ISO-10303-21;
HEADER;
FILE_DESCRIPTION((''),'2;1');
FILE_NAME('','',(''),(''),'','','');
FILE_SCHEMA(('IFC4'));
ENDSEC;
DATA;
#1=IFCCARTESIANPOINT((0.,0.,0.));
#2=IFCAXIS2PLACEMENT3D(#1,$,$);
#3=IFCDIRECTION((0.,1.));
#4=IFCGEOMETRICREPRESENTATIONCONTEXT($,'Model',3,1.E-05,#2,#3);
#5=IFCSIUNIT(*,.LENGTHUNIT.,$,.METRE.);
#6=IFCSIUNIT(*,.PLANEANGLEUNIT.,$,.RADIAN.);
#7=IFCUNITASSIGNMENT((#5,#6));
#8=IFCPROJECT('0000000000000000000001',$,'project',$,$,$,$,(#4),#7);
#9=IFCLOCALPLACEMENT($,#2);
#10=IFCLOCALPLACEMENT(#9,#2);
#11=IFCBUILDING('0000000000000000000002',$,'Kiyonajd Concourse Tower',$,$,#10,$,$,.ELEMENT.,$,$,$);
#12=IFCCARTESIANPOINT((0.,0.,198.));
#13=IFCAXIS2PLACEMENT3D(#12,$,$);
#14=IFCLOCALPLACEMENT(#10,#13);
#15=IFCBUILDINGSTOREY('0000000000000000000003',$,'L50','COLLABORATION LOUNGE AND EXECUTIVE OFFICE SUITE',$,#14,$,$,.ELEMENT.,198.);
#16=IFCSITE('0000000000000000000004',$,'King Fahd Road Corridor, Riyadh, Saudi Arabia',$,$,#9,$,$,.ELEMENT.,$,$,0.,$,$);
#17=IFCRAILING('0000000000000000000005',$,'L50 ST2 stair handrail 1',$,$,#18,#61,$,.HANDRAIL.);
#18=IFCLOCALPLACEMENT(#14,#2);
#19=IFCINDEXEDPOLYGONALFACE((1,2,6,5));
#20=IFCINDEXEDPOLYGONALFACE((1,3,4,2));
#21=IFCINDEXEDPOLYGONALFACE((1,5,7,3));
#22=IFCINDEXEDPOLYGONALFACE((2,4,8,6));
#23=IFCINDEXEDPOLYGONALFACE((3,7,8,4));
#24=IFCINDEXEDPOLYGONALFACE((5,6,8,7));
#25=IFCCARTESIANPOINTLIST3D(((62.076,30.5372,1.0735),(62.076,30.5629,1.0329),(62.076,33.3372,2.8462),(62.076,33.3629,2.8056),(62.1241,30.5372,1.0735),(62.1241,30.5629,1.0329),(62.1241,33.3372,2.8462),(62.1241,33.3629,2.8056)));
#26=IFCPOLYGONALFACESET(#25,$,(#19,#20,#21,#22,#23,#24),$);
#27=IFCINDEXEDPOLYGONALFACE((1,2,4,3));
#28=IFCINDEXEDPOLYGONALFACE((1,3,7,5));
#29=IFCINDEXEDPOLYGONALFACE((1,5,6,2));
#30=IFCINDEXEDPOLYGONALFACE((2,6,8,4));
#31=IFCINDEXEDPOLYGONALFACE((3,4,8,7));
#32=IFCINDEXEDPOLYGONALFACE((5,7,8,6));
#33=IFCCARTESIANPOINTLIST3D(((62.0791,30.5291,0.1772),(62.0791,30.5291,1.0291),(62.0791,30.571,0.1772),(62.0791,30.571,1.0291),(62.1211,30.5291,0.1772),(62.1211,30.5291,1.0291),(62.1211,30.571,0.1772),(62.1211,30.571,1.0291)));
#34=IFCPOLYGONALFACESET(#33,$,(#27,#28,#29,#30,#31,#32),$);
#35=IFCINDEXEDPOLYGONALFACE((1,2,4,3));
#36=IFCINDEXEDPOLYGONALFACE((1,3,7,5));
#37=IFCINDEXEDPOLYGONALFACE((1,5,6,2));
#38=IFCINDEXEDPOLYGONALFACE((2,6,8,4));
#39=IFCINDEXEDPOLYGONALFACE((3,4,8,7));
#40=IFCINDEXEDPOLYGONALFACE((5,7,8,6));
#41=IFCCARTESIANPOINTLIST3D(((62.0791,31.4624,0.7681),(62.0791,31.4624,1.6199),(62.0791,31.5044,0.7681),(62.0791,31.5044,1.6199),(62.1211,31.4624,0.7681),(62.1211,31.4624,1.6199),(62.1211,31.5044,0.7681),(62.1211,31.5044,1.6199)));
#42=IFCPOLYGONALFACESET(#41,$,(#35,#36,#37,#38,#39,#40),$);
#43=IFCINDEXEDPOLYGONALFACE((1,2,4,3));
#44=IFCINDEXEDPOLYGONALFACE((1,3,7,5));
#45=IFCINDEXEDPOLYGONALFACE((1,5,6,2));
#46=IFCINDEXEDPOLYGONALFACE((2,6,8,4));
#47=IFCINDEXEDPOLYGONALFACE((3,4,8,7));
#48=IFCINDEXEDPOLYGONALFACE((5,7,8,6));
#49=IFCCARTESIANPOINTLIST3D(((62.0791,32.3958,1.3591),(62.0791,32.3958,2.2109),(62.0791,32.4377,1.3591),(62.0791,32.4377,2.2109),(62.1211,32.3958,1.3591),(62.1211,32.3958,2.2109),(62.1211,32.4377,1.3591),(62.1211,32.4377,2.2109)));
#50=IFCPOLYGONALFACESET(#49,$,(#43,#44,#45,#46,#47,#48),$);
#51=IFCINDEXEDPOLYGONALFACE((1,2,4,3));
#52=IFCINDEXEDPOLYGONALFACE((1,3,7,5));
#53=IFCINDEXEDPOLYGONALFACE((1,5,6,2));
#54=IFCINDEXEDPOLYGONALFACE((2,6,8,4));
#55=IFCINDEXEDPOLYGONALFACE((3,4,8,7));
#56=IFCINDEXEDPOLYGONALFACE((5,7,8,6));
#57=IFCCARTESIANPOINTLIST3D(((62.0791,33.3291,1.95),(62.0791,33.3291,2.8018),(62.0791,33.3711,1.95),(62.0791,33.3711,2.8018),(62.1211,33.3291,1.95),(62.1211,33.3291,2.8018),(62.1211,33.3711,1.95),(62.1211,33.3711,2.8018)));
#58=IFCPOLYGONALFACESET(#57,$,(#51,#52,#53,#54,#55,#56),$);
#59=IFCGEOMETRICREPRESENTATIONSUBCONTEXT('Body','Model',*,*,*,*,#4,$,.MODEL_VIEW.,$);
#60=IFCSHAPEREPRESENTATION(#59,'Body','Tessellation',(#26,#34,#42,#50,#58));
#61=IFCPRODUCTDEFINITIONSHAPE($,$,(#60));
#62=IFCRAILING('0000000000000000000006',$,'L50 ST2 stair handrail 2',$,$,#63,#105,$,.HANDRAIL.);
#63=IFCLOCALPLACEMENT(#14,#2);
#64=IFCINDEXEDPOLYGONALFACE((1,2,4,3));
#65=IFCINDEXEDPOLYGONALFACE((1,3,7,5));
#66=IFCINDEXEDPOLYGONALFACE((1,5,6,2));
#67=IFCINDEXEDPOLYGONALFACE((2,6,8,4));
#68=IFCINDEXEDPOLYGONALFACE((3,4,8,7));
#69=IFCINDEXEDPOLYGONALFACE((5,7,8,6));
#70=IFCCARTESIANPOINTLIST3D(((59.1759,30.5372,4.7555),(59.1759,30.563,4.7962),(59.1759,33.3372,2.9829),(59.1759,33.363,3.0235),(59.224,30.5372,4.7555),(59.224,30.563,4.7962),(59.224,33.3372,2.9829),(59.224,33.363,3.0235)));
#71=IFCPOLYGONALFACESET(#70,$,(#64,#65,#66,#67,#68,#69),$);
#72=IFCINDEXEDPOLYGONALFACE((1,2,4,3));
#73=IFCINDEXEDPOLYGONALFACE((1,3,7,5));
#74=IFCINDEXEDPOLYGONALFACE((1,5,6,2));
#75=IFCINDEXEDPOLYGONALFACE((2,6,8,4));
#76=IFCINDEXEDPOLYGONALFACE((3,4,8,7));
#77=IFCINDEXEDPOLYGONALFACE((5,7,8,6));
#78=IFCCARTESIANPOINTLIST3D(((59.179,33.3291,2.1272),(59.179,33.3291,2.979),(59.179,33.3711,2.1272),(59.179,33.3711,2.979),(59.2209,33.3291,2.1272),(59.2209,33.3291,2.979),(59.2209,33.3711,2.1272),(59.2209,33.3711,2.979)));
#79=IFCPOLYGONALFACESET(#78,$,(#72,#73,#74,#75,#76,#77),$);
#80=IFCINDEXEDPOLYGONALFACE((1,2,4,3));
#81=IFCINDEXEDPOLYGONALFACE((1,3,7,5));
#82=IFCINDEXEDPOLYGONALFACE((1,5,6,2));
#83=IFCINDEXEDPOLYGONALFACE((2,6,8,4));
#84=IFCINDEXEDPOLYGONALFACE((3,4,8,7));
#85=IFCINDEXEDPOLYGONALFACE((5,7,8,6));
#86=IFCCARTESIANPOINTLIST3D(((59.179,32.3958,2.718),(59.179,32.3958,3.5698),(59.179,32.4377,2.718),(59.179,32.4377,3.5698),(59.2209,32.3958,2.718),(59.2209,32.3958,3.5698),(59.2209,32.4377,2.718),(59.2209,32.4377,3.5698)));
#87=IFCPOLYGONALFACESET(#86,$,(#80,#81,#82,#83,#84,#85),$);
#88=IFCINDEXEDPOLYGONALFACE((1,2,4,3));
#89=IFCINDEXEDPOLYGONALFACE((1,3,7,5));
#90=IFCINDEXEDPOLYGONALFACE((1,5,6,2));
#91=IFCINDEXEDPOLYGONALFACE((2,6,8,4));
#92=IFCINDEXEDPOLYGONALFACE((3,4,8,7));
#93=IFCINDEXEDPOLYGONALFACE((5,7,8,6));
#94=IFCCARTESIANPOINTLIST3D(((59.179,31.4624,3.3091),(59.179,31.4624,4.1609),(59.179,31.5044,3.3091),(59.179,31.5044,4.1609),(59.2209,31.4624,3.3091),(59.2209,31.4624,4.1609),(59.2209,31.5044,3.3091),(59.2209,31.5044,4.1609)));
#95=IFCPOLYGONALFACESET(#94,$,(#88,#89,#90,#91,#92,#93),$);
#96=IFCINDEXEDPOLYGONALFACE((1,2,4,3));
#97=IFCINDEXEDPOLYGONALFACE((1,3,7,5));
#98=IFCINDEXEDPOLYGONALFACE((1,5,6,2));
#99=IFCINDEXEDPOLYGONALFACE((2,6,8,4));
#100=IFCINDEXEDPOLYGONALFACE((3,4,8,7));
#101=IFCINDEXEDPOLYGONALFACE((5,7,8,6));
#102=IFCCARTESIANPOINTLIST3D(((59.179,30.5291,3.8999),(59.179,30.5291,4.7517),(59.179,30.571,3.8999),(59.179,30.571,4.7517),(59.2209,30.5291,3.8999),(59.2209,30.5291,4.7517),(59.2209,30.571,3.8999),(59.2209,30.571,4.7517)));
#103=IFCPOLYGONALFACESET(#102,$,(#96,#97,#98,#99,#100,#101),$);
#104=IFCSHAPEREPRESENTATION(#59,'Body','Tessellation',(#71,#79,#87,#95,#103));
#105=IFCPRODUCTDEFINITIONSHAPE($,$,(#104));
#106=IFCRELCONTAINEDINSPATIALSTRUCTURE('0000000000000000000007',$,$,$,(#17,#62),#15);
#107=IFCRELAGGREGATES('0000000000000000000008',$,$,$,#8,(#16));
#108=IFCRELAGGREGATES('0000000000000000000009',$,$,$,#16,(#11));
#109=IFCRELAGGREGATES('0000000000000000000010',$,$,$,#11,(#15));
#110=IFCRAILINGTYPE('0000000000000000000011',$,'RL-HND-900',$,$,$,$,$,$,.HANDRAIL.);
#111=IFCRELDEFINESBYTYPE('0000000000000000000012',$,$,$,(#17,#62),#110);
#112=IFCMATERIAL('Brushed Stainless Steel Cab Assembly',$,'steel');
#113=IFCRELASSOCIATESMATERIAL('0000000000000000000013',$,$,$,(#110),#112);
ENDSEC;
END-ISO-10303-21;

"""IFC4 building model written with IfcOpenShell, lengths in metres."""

from ifc_helpers import new_model, si_unit, direction, frame, origin, origin_2d, place, context, subcontext, project, spatial, rectangle, extrude, material, type_object, element, save


model = new_model("IFC4")

# Units and contexts
model_context = context("Model", 3, precision=1e-05, world=origin(), true_north=direction((0.0, 1.0)))
body_context = subcontext(model_context, "Body", "Model", "MODEL_VIEW")
ifc_project = project(units=[si_unit("LENGTHUNIT", "METRE"), si_unit("PLANEANGLEUNIT", "RADIAN")], contexts=[model_context])

# Site, building, storey
site_placement = place(None, origin())
site = spatial("IfcSite", under=ifc_project, at=site_placement, Name="King Fahd Road Corridor, Riyadh, Saudi Arabia", CompositionType="ELEMENT", RefElevation=0.0)
building_placement = place(site_placement, origin())
building = spatial("IfcBuilding", under=site, at=building_placement, Name="Kiyonajd Concourse Tower", CompositionType="ELEMENT")
storey_placement = place(building_placement, frame((0.0, 0.0, 198.0)))
storey = spatial("IfcBuildingStorey", under=building, at=storey_placement, Name="L50", Description="COLLABORATION LOUNGE AND EXECUTIVE OFFICE SUITE", CompositionType="ELEMENT", Elevation=198.0)

# Railings
ifc_material_1 = material(Name="Brushed Stainless Steel Cab Assembly", Category="steel")
railing_type_1 = type_object("IfcRailingType", Name="RL-HND-900", PredefinedType="HANDRAIL", material=ifc_material_1)
railing_1_placement = place(storey_placement, frame((62.1001, 30.55, 0.1772)))
element("IfcRailing", 1, at=railing_1_placement, inside=storey, type_object=railing_type_1, Name="L50 ST2 stair handrail 1", PredefinedType="HANDRAIL", context=body_context, shape_type="SweptSolid", body=[
    extrude(rectangle(XDim=0.0481, YDim=0.0481, at=origin_2d()), frame((0.0, 0.0, 0.876), z_axis=(0.0, 0.844909, 0.53491), x_axis=(-1.0, 0.0, 0.0)), (0.0, 0.0, 1.0), 3.314),
    extrude(rectangle(XDim=0.042, YDim=0.042, at=origin_2d()), origin(), (0.0, 0.0, 1.0), 0.8518),
    extrude(rectangle(XDim=0.042, YDim=0.042, at=origin_2d()), frame((0.0, 0.9333, 0.5908)), (0.0, 0.0, 1.0), 0.8518),
    extrude(rectangle(XDim=0.042, YDim=0.042, at=origin_2d()), frame((0.0, 1.8667, 1.1819)), (0.0, 0.0, 1.0), 0.8518),
    extrude(rectangle(XDim=0.042, YDim=0.042, at=origin_2d()), frame((0.0, 2.8, 1.7727)), (0.0, 0.0, 1.0), 0.8518),
])
railing_2_placement = place(storey_placement, frame((59.2, 33.3501, 2.1272)))
element("IfcRailing", 2, at=railing_2_placement, inside=storey, type_object=railing_type_1, Name="L50 ST2 stair handrail 2", PredefinedType="HANDRAIL", context=body_context, shape_type="SweptSolid", body=[
    extrude(rectangle(XDim=0.0481, YDim=0.0481, at=origin_2d()), frame((0.0, 0.0, 0.876), z_axis=(0.0, -0.844909, 0.53491), x_axis=(1.0, 0.0, 0.0)), (0.0, 0.0, 1.0), 3.314),
    extrude(rectangle(XDim=0.042, YDim=0.042, at=origin_2d()), origin(), (0.0, 0.0, 1.0), 0.8518),
    extrude(rectangle(XDim=0.042, YDim=0.042, at=origin_2d()), frame((0.0, -0.9333, 0.5908)), (0.0, 0.0, 1.0), 0.8518),
    extrude(rectangle(XDim=0.042, YDim=0.042, at=origin_2d()), frame((0.0, -1.8667, 1.1819)), (0.0, 0.0, 1.0), 0.8518),
    extrude(rectangle(XDim=0.042, YDim=0.042, at=origin_2d()), frame((0.0, -2.8, 1.7727)), (0.0, 0.0, 1.0), 0.8518),
])

save(model, "model.ifc")
